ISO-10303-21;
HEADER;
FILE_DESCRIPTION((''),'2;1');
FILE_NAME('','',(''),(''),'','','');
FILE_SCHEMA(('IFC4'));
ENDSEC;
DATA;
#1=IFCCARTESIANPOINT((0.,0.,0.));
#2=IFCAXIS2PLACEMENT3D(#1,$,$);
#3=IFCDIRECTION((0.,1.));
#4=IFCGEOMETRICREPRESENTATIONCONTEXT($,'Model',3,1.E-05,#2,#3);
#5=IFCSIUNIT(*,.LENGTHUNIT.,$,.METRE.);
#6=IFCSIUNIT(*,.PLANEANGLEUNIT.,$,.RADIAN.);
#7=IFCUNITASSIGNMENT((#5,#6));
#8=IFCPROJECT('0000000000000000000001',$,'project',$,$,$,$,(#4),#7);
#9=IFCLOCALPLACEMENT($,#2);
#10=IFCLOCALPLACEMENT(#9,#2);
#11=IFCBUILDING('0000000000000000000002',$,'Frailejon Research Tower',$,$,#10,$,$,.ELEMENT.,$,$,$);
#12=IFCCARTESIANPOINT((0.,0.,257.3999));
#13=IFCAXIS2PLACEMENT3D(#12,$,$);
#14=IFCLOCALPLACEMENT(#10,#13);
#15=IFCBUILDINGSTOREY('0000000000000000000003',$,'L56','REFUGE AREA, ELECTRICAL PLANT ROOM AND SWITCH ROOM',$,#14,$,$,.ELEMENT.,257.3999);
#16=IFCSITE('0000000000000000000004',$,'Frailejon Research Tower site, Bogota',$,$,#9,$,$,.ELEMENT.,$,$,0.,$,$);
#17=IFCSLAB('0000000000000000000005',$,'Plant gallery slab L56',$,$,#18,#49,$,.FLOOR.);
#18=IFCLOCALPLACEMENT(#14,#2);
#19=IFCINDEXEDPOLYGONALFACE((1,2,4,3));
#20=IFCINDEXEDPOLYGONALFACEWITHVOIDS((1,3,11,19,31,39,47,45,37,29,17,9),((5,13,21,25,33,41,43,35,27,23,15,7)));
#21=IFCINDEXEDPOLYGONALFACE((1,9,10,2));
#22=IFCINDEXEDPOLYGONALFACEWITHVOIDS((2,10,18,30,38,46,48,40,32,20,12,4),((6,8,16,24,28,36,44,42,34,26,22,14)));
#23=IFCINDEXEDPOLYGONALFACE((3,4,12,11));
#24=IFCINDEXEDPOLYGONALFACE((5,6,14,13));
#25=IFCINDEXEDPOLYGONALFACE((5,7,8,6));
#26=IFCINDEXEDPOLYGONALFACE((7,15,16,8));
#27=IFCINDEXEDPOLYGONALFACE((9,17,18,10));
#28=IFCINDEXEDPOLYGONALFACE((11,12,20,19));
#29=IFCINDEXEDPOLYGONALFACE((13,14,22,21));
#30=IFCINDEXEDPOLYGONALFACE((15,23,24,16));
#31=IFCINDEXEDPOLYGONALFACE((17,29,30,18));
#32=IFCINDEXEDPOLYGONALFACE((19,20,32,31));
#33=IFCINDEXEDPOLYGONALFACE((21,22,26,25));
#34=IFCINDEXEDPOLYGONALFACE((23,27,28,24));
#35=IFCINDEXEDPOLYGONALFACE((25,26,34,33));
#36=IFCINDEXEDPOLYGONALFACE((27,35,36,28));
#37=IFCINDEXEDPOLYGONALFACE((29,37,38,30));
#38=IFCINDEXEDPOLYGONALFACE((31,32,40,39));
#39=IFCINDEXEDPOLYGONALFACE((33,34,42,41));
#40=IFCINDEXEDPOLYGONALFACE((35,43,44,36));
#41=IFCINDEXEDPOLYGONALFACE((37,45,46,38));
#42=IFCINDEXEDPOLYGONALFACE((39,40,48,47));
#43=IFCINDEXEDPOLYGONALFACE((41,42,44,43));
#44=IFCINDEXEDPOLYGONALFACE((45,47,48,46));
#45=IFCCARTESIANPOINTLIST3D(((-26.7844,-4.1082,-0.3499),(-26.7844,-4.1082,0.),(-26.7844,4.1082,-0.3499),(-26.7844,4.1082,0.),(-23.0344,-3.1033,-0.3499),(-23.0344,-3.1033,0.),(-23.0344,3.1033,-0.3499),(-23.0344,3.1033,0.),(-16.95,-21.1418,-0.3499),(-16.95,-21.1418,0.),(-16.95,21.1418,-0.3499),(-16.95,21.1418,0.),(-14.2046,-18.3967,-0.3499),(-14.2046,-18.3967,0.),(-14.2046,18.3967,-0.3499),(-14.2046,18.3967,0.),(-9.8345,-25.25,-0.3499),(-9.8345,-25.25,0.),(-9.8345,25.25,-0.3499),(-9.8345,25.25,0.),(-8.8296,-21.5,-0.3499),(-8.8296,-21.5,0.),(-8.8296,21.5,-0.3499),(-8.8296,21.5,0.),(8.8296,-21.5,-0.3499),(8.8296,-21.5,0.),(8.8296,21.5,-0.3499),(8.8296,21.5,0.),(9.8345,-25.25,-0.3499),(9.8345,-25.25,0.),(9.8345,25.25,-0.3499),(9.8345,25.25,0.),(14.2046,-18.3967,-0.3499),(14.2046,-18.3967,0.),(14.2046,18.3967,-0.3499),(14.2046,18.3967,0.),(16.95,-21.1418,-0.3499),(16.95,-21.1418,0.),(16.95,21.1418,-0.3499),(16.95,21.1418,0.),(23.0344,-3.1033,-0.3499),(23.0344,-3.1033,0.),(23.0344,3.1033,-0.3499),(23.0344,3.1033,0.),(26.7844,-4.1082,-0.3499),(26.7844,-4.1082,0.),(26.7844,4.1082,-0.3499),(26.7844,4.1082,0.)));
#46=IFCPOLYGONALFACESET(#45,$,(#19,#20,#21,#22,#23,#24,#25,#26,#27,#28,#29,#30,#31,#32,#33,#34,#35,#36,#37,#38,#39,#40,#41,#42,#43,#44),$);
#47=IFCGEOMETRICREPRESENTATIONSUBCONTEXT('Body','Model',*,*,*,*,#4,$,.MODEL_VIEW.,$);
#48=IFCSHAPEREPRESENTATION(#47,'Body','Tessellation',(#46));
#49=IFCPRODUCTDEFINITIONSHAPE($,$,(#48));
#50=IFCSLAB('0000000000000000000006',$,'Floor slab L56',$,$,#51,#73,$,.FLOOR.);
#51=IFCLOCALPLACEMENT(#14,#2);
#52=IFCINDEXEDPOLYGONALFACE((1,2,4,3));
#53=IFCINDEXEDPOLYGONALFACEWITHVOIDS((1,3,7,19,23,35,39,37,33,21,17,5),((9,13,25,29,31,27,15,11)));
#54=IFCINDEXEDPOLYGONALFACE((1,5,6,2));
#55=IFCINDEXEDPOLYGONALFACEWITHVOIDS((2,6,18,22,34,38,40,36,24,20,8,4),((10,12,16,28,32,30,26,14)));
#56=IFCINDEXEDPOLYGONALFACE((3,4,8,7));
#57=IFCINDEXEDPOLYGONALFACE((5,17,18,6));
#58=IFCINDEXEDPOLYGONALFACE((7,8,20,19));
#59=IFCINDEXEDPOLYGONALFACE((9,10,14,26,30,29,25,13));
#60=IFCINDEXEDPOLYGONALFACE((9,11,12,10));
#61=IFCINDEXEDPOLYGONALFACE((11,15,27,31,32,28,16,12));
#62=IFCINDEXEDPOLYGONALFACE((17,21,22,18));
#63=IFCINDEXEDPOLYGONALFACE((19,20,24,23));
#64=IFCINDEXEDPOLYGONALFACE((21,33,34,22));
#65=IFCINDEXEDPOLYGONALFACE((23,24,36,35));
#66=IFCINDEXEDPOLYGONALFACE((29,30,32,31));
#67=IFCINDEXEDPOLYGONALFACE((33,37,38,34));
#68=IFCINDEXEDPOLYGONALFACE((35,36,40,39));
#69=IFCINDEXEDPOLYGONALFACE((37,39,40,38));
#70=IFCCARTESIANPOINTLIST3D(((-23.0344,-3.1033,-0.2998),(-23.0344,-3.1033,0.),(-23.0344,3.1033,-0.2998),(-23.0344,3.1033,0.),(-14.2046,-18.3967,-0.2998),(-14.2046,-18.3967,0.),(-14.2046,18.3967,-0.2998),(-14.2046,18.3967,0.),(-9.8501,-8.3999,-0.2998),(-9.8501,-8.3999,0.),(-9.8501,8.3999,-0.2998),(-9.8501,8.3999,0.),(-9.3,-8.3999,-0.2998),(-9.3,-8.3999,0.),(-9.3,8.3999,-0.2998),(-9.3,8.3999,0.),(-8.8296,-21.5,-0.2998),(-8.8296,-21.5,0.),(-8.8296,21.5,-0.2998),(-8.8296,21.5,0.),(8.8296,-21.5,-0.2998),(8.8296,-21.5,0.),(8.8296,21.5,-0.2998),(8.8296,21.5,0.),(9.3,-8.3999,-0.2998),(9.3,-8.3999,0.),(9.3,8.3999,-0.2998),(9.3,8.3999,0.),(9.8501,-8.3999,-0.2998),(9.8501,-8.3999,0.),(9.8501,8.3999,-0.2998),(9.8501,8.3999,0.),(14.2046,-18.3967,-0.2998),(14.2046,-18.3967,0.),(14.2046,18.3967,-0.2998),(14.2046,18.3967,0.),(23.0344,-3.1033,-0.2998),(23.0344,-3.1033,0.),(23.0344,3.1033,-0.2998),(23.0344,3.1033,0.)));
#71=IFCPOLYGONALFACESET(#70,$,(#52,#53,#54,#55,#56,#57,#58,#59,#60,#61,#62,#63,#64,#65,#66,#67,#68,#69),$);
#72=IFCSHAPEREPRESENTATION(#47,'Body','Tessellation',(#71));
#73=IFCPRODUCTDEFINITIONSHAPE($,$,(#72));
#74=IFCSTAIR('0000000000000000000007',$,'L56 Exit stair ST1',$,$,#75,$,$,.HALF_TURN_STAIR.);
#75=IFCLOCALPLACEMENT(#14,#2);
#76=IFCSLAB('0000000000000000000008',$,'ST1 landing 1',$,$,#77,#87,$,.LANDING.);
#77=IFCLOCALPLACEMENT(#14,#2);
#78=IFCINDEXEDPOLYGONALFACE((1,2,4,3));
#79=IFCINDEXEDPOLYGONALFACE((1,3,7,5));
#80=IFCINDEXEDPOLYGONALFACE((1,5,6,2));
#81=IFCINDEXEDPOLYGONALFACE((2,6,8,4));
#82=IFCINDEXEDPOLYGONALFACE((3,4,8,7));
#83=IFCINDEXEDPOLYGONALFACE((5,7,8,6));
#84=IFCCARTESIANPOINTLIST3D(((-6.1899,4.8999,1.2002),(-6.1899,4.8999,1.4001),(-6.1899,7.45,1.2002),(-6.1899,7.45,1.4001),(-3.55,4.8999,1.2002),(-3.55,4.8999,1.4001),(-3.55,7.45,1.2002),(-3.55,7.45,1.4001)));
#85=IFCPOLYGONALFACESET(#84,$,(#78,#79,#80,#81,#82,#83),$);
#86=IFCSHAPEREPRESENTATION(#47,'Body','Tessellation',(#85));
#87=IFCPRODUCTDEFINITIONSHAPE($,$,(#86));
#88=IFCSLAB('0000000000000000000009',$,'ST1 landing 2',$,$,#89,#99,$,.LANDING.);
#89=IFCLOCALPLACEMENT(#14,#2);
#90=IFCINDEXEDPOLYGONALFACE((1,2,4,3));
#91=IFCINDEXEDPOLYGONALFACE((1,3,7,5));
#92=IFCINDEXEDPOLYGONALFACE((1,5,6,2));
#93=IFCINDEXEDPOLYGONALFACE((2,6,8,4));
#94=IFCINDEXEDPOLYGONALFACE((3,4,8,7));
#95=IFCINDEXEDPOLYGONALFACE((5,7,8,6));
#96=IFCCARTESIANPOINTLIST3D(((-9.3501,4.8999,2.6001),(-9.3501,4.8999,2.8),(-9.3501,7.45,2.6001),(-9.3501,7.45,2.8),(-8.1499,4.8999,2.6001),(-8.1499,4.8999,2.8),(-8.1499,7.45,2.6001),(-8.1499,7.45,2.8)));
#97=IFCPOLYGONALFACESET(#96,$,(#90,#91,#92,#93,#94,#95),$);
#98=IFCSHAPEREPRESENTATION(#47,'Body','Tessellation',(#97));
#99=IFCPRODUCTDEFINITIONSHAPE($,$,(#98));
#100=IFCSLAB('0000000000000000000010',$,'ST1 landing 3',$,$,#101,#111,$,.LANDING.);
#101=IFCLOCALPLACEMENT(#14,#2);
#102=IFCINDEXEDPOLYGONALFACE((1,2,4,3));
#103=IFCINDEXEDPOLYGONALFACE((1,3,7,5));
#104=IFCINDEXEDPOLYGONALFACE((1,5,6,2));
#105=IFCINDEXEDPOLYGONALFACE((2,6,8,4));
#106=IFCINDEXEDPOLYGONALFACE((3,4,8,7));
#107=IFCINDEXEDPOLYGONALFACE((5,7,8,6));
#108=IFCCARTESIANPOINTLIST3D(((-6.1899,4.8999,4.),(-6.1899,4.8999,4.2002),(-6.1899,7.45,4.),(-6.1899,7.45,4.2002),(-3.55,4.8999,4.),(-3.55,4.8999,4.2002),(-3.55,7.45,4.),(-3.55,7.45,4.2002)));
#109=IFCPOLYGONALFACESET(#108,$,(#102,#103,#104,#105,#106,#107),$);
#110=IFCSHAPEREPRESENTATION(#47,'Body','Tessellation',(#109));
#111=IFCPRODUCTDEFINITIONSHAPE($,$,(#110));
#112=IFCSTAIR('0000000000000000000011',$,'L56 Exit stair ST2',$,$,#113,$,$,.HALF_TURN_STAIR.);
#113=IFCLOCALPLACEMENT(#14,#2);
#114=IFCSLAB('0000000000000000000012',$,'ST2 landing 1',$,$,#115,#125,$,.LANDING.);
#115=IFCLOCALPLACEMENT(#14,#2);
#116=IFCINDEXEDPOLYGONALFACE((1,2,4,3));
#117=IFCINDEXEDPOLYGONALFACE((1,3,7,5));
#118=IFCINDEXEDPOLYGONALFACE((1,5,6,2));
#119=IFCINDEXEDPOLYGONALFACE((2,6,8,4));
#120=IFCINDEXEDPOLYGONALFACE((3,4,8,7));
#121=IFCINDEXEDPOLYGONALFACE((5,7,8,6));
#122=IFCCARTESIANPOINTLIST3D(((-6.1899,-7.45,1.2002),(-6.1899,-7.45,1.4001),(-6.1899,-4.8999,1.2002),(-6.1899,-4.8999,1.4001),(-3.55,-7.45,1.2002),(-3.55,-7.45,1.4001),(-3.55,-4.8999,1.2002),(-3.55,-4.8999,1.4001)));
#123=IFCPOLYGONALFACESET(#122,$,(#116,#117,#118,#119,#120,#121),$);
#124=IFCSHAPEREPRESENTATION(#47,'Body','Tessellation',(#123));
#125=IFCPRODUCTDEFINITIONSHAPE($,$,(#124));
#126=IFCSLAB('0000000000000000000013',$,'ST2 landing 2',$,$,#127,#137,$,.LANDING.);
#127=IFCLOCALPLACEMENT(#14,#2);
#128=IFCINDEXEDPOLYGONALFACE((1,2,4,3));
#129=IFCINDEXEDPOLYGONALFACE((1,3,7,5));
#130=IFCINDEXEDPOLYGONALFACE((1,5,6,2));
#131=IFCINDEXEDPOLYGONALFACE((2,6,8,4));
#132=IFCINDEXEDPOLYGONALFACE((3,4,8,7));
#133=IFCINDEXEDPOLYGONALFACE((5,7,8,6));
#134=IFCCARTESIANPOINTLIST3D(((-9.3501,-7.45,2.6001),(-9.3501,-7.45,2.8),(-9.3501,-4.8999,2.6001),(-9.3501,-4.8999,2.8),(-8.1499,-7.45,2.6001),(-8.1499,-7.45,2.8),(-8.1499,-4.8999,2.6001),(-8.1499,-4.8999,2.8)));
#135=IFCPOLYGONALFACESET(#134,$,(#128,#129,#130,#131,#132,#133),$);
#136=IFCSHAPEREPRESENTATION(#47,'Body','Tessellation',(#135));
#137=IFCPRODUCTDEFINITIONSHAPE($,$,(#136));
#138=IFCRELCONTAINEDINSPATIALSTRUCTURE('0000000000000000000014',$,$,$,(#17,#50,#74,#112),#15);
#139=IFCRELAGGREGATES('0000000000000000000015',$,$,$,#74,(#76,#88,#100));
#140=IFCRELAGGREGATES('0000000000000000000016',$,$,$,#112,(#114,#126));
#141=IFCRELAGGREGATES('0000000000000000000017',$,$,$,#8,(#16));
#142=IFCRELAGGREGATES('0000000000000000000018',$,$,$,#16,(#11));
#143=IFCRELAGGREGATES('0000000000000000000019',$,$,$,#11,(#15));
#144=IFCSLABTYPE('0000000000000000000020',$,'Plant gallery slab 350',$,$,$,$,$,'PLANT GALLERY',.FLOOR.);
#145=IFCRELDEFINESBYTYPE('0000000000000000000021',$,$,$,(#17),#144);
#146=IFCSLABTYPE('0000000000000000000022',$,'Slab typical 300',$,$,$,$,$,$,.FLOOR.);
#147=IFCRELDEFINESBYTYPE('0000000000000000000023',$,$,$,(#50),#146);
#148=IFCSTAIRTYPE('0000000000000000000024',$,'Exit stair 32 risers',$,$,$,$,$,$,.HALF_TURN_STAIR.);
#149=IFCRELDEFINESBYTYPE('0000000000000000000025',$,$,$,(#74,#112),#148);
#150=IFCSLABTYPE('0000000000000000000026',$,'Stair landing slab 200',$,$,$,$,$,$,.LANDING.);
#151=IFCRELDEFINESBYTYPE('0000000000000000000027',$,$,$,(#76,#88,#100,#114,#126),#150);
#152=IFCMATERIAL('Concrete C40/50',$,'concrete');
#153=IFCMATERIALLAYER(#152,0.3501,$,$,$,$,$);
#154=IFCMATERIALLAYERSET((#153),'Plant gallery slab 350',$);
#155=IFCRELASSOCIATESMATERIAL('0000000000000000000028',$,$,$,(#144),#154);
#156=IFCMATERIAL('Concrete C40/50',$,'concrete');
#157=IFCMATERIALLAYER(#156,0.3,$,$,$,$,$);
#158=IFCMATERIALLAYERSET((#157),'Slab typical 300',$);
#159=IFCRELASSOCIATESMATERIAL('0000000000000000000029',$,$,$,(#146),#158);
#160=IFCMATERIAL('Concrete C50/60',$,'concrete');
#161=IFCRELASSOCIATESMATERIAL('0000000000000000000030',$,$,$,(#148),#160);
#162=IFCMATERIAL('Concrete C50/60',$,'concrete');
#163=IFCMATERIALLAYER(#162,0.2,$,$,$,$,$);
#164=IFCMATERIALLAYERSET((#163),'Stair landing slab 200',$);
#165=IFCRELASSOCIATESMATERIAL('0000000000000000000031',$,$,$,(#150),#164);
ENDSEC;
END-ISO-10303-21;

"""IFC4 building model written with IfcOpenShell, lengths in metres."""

from ifc_helpers import new_model, si_unit, direction, frame, origin, place, context, subcontext, project, spatial, polyline, outline, extrude, material, layer, layer_set, type_object, element, aggregate, save


model = new_model("IFC4")

# Units and contexts
model_context = context("Model", 3, precision=1e-05, world=origin(), true_north=direction((0.0, 1.0)))
body_context = subcontext(model_context, "Body", "Model", "MODEL_VIEW")
ifc_project = project(units=[si_unit("LENGTHUNIT", "METRE"), si_unit("PLANEANGLEUNIT", "RADIAN")], contexts=[model_context])

# Site, building, storey
site_placement = place(None, origin())
site = spatial("IfcSite", under=ifc_project, at=site_placement, Name="Frailejon Research Tower site, Bogota", CompositionType="ELEMENT", RefElevation=0.0)
building_placement = place(site_placement, origin())
building = spatial("IfcBuilding", under=site, at=building_placement, Name="Frailejon Research Tower", CompositionType="ELEMENT")
storey_placement = place(building_placement, frame((0.0, 0.0, 257.3999)))
storey = spatial("IfcBuildingStorey", under=building, at=storey_placement, Name="L56", Description="REFUGE AREA, ELECTRICAL PLANT ROOM AND SWITCH ROOM", CompositionType="ELEMENT", Elevation=257.3999)

# Slabs
ifc_material_1 = material(Name="Concrete C40/50", Category="concrete")
ifc_layer_1 = layer(ifc_material_1, 0.3501)
ifc_layer_set_1 = layer_set([ifc_layer_1], Name="Plant gallery slab 350")
slab_type_1 = type_object("IfcSlabType", Name="Plant gallery slab 350", ElementType="PLANT GALLERY", PredefinedType="FLOOR", material=ifc_layer_set_1)
slab_1_placement = place(storey_placement, frame((0.0, 0.0, -0.3499)))
element("IfcSlab", 1, at=slab_1_placement, inside=storey, type_object=slab_type_1, Name="Plant gallery slab L56", PredefinedType="FLOOR", context=body_context, shape_type="SweptSolid", body=[
    extrude(outline(polyline([(16.95, -21.1418), (9.8345, -25.25), (-9.8345, -25.25), (-16.95, -21.1418), (-26.7844, -4.1082), (-26.7844, 4.1082), (-16.95, 21.1418), (-9.8345, 25.25), (9.8345, 25.25), (16.95, 21.1418), (26.7844, 4.1082), (26.7844, -4.1082), (16.95, -21.1418)]), holes=[polyline([(23.0344, 3.1033), (14.2046, 18.3967), (8.8296, 21.5), (-8.8296, 21.5), (-14.2046, 18.3967), (-23.0344, 3.1033), (-23.0344, -3.1033), (-14.2046, -18.3967), (-8.8296, -21.5), (8.8296, -21.5), (14.2046, -18.3967), (23.0344, -3.1033), (23.0344, 3.1033)])]), origin(), (0.0, 0.0, 1.0), 0.3499),
])
ifc_material_2 = material(Name="Concrete C40/50", Category="concrete")
ifc_layer_2 = layer(ifc_material_2, 0.3)
ifc_layer_set_2 = layer_set([ifc_layer_2], Name="Slab typical 300")
slab_type_2 = type_object("IfcSlabType", Name="Slab typical 300", PredefinedType="FLOOR", material=ifc_layer_set_2)
slab_2_placement = place(storey_placement, frame((0.0, 0.0, -0.2998)))
element("IfcSlab", 2, at=slab_2_placement, inside=storey, type_object=slab_type_2, Name="Floor slab L56", PredefinedType="FLOOR", context=body_context, shape_type="SweptSolid", body=[
    extrude(outline(polyline([(23.0344, -3.1033), (23.0344, 3.1033), (14.2046, 18.3967), (8.8296, 21.5), (-8.8296, 21.5), (-14.2046, 18.3967), (-23.0344, 3.1033), (-23.0344, -3.1033), (-14.2046, -18.3967), (-8.8296, -21.5), (8.8296, -21.5), (14.2046, -18.3967), (23.0344, -3.1033)]), holes=[polyline([(9.3, 8.3999), (9.8501, 8.3999), (9.8501, -8.3999), (9.3, -8.3999), (-9.3, -8.3999), (-9.8501, -8.3999), (-9.8501, 8.3999), (-9.3, 8.3999), (9.3, 8.3999)])]), origin(), (0.0, 0.0, 1.0), 0.2998),
])

# Stairs, slabs
ifc_material_3 = material(Name="Concrete C50/60", Category="concrete")
stair_type = type_object("IfcStairType", Name="Exit stair 32 risers", PredefinedType="HALF_TURN_STAIR", material=ifc_material_3)
stair_1_placement = place(storey_placement, origin())
stair_1 = element("IfcStair", 3, at=stair_1_placement, inside=storey, type_object=stair_type, Name="L56 Exit stair ST1", PredefinedType="HALF_TURN_STAIR")
ifc_material_4 = material(Name="Concrete C50/60", Category="concrete")
ifc_layer_3 = layer(ifc_material_4, 0.2)
ifc_layer_set_3 = layer_set([ifc_layer_3], Name="Stair landing slab 200")
slab_type_3 = type_object("IfcSlabType", Name="Stair landing slab 200", PredefinedType="LANDING", material=ifc_layer_set_3)
slab_3_placement = place(storey_placement, frame((0.0, 0.0, 1.2002)))
slab_3 = element("IfcSlab", 4, at=slab_3_placement, type_object=slab_type_3, Name="ST1 landing 1", PredefinedType="LANDING", context=body_context, shape_type="SweptSolid", body=[
    extrude(outline(polyline([(-6.1899, 4.8999), (-3.55, 4.8999), (-3.55, 7.45), (-6.1899, 7.45), (-6.1899, 4.8999)])), origin(), (0.0, 0.0, 1.0), 0.2),
])
slab_4_placement = place(storey_placement, frame((0.0, 0.0, 2.6001)))
slab_4 = element("IfcSlab", 5, at=slab_4_placement, type_object=slab_type_3, Name="ST1 landing 2", PredefinedType="LANDING", context=body_context, shape_type="SweptSolid", body=[
    extrude(outline(polyline([(-9.3501, 4.8999), (-8.1499, 4.8999), (-8.1499, 7.45), (-9.3501, 7.45), (-9.3501, 4.8999)])), origin(), (0.0, 0.0, 1.0), 0.2),
])
slab_5_placement = place(storey_placement, frame((0.0, 0.0, 4.0)))
slab_5 = element("IfcSlab", 6, at=slab_5_placement, type_object=slab_type_3, Name="ST1 landing 3", PredefinedType="LANDING", context=body_context, shape_type="SweptSolid", body=[
    extrude(outline(polyline([(-6.1899, 4.8999), (-3.55, 4.8999), (-3.55, 7.45), (-6.1899, 7.45), (-6.1899, 4.8999)])), origin(), (0.0, 0.0, 1.0), 0.2002),
])
aggregate(stair_1, [slab_3, slab_4, slab_5])
stair_2_placement = place(storey_placement, origin())
stair_2 = element("IfcStair", 7, at=stair_2_placement, inside=storey, type_object=stair_type, Name="L56 Exit stair ST2", PredefinedType="HALF_TURN_STAIR")
slab_6_placement = place(storey_placement, frame((0.0, 0.0, 1.2002)))
slab_6 = element("IfcSlab", 8, at=slab_6_placement, type_object=slab_type_3, Name="ST2 landing 1", PredefinedType="LANDING", context=body_context, shape_type="SweptSolid", body=[
    extrude(outline(polyline([(-6.1899, -7.45), (-3.55, -7.45), (-3.55, -4.8999), (-6.1899, -4.8999), (-6.1899, -7.45)])), origin(), (0.0, 0.0, 1.0), 0.2),
])
slab_7_placement = place(storey_placement, frame((0.0, 0.0, 2.6001)))
slab_7 = element("IfcSlab", 9, at=slab_7_placement, type_object=slab_type_3, Name="ST2 landing 2", PredefinedType="LANDING", context=body_context, shape_type="SweptSolid", body=[
    extrude(outline(polyline([(-9.3501, -7.45), (-8.1499, -7.45), (-8.1499, -4.8999), (-9.3501, -4.8999), (-9.3501, -7.45)])), origin(), (0.0, 0.0, 1.0), 0.2),
])
aggregate(stair_2, [slab_6, slab_7])

save(model, "model.ifc")
